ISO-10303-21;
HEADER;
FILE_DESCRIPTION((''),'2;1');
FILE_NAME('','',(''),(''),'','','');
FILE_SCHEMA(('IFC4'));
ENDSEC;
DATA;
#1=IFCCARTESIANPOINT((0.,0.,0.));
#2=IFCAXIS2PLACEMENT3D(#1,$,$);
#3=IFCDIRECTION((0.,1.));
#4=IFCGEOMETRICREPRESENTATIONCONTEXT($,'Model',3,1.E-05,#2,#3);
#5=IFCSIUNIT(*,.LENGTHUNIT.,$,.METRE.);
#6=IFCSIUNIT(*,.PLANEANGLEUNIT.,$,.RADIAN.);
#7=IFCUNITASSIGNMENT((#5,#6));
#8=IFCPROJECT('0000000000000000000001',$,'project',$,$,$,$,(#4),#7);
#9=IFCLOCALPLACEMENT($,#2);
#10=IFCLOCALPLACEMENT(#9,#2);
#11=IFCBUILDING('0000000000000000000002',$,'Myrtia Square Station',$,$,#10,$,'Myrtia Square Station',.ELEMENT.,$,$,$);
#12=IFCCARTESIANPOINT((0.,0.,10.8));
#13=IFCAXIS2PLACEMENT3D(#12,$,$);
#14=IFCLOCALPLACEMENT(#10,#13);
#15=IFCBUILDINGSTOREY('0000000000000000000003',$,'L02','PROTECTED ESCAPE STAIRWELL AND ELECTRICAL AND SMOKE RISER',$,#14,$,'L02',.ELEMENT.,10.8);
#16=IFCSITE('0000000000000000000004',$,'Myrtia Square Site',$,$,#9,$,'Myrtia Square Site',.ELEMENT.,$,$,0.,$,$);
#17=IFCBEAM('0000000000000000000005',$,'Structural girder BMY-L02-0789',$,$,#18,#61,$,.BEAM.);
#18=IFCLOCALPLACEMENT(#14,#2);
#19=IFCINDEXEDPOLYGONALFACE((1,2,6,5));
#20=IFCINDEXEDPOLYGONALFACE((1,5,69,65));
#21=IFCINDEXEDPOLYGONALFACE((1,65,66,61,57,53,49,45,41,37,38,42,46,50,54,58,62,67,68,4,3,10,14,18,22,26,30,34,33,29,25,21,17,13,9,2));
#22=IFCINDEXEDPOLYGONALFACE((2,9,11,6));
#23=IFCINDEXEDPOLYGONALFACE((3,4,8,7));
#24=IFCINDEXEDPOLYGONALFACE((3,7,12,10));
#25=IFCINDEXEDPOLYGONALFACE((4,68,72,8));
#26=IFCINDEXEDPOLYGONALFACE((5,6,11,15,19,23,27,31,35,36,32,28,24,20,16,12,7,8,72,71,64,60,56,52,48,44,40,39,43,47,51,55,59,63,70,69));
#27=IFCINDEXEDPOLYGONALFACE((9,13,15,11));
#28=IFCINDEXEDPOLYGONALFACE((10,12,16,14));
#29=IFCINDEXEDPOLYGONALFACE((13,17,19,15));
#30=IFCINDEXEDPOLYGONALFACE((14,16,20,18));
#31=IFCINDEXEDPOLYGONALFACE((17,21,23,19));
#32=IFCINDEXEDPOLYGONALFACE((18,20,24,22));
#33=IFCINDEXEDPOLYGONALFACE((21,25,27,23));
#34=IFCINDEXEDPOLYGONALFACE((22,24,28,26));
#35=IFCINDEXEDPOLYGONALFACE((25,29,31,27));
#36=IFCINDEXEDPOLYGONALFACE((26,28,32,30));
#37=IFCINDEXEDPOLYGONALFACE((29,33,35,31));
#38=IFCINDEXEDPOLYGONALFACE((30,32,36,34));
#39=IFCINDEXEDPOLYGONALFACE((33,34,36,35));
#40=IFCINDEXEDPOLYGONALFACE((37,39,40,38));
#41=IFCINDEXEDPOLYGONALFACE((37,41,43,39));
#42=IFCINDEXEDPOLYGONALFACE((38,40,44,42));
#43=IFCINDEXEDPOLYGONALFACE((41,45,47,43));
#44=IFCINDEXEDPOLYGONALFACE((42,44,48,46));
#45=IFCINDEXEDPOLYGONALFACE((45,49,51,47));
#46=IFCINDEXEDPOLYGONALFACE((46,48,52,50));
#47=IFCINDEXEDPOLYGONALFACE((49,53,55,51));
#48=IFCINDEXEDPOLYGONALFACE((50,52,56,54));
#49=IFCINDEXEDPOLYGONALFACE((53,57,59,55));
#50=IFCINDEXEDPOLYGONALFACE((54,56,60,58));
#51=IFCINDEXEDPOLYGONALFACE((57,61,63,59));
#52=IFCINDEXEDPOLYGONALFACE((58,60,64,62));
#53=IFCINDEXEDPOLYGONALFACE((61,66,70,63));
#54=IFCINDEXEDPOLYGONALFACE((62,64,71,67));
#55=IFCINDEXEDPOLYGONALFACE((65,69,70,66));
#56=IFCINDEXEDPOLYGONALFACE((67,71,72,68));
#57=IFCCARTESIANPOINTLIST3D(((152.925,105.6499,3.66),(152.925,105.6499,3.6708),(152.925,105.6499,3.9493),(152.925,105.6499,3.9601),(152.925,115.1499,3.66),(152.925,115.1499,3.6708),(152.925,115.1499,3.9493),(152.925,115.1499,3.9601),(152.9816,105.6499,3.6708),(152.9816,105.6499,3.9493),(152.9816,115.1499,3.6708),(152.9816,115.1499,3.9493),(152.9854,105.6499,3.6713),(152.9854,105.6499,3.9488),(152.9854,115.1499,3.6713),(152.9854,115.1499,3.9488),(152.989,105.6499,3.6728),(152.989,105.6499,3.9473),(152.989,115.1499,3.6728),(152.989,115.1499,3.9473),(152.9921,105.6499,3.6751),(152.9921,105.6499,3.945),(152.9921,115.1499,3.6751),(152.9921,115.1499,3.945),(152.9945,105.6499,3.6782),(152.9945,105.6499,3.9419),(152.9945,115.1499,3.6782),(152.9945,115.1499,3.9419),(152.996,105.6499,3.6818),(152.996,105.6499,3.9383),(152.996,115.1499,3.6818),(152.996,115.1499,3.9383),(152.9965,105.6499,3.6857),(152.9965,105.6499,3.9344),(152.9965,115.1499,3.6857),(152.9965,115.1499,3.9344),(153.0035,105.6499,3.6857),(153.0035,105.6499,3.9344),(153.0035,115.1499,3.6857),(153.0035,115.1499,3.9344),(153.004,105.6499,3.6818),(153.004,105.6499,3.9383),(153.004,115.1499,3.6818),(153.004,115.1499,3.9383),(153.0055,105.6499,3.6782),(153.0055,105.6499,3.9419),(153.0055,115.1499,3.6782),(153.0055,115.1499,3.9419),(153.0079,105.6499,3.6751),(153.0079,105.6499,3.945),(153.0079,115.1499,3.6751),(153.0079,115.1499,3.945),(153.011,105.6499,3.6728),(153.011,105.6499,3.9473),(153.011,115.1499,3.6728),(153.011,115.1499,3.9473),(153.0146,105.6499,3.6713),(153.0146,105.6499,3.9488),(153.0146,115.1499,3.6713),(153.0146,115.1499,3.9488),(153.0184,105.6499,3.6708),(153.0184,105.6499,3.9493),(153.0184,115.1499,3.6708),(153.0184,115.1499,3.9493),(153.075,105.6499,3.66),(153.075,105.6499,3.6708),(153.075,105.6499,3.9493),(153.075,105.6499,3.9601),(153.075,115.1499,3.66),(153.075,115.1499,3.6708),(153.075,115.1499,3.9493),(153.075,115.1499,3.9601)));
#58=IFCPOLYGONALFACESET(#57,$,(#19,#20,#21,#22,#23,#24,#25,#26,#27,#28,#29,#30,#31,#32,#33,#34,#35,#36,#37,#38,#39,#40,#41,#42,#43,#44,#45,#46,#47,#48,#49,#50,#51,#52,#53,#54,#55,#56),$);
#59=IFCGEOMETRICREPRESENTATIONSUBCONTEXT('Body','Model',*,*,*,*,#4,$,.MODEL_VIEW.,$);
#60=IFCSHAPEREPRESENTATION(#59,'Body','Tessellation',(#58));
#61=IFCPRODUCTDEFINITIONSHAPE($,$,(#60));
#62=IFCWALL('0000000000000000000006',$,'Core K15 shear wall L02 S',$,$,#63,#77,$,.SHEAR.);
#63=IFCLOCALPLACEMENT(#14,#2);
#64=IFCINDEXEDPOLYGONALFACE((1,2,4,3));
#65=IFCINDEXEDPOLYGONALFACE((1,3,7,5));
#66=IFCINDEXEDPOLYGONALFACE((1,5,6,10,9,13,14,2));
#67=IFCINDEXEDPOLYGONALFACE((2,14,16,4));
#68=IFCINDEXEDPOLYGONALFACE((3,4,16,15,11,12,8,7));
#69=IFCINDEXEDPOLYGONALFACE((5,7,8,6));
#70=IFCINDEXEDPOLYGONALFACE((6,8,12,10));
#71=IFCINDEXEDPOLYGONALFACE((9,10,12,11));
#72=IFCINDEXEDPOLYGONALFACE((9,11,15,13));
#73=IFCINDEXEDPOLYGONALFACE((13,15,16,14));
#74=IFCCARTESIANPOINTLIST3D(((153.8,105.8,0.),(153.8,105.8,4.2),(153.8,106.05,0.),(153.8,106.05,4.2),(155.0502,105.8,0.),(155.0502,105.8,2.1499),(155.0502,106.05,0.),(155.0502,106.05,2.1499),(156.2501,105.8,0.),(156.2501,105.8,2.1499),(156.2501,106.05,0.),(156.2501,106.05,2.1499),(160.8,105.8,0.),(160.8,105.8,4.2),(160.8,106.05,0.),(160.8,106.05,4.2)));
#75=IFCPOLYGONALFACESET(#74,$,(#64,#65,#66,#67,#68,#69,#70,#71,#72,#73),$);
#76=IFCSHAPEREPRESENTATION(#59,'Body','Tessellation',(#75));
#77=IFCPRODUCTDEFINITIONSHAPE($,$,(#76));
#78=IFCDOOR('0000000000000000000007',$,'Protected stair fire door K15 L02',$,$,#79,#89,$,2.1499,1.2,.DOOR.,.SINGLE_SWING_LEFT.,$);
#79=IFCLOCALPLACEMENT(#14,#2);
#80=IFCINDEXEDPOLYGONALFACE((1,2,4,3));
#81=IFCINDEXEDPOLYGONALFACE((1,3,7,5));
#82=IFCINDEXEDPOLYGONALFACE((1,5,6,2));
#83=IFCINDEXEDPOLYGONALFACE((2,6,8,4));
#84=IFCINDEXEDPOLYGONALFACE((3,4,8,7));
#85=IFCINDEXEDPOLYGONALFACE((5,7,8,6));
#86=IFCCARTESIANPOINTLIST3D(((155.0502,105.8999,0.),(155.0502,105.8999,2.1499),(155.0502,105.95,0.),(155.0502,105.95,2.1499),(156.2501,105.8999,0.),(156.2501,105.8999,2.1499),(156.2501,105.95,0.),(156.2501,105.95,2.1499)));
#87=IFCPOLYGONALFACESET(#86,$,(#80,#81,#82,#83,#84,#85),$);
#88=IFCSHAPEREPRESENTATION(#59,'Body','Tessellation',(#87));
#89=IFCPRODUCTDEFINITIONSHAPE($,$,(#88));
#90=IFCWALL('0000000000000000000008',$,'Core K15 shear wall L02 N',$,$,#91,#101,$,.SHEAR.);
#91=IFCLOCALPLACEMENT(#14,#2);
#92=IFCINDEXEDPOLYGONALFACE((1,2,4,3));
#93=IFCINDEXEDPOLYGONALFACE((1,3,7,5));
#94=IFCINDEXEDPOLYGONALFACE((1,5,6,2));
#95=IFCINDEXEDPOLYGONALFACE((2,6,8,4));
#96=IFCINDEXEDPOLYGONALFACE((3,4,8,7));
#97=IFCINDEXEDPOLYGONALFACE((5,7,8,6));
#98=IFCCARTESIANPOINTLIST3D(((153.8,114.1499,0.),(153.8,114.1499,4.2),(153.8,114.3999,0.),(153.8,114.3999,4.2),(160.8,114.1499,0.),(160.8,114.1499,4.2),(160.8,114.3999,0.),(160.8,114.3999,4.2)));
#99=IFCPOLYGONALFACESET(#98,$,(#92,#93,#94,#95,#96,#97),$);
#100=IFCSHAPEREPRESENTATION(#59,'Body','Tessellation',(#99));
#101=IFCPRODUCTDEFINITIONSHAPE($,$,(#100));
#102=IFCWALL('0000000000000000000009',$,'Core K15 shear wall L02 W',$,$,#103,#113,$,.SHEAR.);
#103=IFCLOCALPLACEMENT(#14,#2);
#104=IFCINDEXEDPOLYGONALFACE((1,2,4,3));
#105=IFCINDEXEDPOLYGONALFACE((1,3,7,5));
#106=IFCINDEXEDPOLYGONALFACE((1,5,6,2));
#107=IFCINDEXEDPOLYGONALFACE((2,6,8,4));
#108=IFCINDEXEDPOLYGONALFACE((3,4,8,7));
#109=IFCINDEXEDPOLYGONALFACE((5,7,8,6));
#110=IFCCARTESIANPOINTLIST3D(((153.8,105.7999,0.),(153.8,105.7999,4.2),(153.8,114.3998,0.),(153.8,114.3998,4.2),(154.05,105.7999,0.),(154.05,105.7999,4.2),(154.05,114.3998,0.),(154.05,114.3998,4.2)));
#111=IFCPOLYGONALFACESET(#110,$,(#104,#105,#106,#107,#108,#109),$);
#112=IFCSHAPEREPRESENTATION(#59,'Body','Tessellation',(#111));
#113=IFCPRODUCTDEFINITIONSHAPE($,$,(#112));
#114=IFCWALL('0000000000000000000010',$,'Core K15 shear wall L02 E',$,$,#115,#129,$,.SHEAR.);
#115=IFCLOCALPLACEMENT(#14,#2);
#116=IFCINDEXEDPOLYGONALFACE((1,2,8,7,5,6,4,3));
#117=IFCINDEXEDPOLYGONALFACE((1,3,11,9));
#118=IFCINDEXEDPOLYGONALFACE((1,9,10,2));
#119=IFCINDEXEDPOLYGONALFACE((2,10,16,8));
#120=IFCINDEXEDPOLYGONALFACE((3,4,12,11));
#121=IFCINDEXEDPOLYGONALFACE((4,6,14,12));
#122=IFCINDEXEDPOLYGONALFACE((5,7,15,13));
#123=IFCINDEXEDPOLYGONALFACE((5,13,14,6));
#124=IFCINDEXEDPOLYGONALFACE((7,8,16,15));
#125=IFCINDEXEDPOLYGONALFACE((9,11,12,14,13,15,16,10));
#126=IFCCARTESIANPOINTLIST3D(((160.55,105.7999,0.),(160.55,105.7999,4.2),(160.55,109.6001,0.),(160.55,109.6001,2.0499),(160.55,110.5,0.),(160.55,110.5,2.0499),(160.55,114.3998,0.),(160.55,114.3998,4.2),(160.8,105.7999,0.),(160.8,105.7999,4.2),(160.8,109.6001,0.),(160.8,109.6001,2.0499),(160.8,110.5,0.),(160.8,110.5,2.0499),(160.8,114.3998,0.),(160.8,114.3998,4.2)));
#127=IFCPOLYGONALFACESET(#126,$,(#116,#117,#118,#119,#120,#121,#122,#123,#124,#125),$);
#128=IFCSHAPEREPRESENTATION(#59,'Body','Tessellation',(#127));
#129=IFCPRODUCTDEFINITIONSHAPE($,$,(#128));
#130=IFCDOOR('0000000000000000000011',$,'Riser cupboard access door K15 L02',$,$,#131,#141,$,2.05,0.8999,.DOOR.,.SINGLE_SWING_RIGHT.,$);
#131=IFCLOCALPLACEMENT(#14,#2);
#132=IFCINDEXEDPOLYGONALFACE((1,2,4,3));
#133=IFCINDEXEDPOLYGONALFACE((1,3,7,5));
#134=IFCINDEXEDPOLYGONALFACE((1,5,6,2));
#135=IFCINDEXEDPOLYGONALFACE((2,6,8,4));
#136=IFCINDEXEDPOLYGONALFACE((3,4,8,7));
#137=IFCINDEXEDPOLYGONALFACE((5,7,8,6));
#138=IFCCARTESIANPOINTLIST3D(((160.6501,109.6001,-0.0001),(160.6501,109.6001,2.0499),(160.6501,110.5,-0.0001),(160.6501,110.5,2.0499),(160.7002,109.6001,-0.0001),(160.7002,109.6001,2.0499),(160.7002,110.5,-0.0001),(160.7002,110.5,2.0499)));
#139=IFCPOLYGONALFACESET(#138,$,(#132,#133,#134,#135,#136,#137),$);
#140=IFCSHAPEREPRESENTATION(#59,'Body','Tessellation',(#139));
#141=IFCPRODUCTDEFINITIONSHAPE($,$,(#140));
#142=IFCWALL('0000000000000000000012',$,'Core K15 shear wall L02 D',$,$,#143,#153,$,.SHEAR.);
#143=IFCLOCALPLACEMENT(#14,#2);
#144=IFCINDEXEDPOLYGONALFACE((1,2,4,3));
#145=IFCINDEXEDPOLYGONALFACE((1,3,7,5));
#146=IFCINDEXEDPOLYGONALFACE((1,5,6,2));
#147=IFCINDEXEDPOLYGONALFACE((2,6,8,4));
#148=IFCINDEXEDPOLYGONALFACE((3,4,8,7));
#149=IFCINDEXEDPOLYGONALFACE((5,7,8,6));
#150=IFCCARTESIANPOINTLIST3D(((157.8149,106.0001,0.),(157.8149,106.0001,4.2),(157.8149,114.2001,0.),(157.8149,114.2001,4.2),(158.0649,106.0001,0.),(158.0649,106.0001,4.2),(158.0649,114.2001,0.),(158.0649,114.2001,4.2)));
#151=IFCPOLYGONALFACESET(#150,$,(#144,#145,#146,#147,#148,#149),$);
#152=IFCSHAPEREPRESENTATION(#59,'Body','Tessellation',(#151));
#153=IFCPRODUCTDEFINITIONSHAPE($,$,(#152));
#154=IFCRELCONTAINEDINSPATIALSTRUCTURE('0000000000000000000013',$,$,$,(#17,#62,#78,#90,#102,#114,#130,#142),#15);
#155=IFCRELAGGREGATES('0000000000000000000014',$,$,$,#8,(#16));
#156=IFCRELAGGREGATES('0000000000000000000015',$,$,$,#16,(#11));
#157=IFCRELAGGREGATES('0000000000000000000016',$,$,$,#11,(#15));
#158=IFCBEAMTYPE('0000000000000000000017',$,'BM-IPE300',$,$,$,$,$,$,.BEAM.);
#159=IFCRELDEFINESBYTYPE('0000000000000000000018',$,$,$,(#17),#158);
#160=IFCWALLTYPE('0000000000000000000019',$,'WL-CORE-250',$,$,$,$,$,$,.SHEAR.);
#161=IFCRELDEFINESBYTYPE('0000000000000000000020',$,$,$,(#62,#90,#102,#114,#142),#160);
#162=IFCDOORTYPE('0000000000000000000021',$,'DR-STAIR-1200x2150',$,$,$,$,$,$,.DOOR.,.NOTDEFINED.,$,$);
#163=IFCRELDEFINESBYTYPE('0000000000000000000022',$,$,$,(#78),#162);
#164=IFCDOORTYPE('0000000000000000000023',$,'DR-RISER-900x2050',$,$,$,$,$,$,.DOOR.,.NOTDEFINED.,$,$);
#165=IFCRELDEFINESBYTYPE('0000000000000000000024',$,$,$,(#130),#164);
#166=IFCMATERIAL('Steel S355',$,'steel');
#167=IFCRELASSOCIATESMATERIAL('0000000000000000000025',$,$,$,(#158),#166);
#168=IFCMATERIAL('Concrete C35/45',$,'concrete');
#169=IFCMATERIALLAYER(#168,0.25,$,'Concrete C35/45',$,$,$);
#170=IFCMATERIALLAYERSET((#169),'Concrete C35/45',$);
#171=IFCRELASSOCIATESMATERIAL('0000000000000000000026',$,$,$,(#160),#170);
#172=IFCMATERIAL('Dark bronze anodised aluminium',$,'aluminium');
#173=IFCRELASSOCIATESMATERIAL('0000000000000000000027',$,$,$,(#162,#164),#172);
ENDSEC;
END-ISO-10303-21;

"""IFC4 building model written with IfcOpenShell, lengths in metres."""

from ifc_helpers import new_model, si_unit, direction, frame, frame_2d, origin, origin_2d, place, context, subcontext, project, spatial, rectangle, i_section, extrude, material, layer, layer_set, material_profile, profile_set, type_object, element, fill, save


model = new_model("IFC4")

# Units and contexts
model_context = context("Model", 3, precision=1e-05, world=origin(), true_north=direction((0.0, 1.0)))
body_context = subcontext(model_context, "Body", "Model", "MODEL_VIEW")
ifc_project = project(units=[si_unit("LENGTHUNIT", "METRE"), si_unit("PLANEANGLEUNIT", "RADIAN")], contexts=[model_context])

# Site, building, storey
site_placement = place(None, origin())
site = spatial("IfcSite", under=ifc_project, at=site_placement, Name="Myrtia Square Site", LongName="Myrtia Square Site", CompositionType="ELEMENT", RefElevation=0.0)
building_placement = place(site_placement, origin())
building = spatial("IfcBuilding", under=site, at=building_placement, Name="Myrtia Square Station", LongName="Myrtia Square Station", CompositionType="ELEMENT")
storey_placement = place(building_placement, frame((0.0, 0.0, 10.8)))
storey = spatial("IfcBuildingStorey", under=building, at=storey_placement, Name="L02", Description="PROTECTED ESCAPE STAIRWELL AND ELECTRICAL AND SMOKE RISER", LongName="L02", CompositionType="ELEMENT", Elevation=10.8)

# Shared definitions
ifc_material_1 = material(Name="Steel S355", Category="steel")

# Beam
ifc_material_profile_1 = material_profile(ifc_material_1, i_section(OverallWidth=0.1499, OverallDepth=0.3, WebThickness=0.0071, FlangeThickness=0.0107, FilletRadius=0.0149, at=origin_2d()), Name="IPE 300")
ifc_profile_set_1 = profile_set([ifc_material_profile_1], Name="Steel S355")
beam_type_1 = type_object("IfcBeamType", Name="BM-IPE300", PredefinedType="BEAM", material=ifc_profile_set_1)
beam_1_placement = place(storey_placement, frame((153.0, 105.6499, 3.8101), z_axis=(0.0, 1.0, 0.0), x_axis=(-1.0, 0.0, 0.0)))
element("IfcBeam", 1, at=beam_1_placement, inside=storey, type_object=beam_type_1, Name="Structural girder BMY-L02-0789", PredefinedType="BEAM", context=body_context, shape_type="SweptSolid", body=[
    extrude(i_section(OverallWidth=0.1499, OverallDepth=0.3, WebThickness=0.0071, FlangeThickness=0.0107, FilletRadius=0.0149, at=origin_2d()), origin(), (0.0, 0.0, 1.0), 9.5),
])

# Wall, opening, door
ifc_material_2 = material(Name="Concrete C35/45", Category="concrete")
ifc_layer_1 = layer(ifc_material_2, 0.25, Name="Concrete C35/45")
ifc_layer_set_1 = layer_set([ifc_layer_1], Name="Concrete C35/45")
wall_type_1 = type_object("IfcWallType", Name="WL-CORE-250", PredefinedType="SHEAR", material=ifc_layer_set_1)
wall_1_placement = place(storey_placement, frame((153.8, 105.925, 0.0), z_axis=(0.0, 0.0, 1.0), x_axis=(1.0, 0.0, 0.0)))
wall_1 = element("IfcWall", 2, at=wall_1_placement, inside=storey, type_object=wall_type_1, Name="Core K15 shear wall L02 S", PredefinedType="SHEAR", context=body_context, shape_type="SweptSolid", body=[
    extrude(rectangle(XDim=7.0, YDim=0.25, at=frame_2d((3.5, 0.0))), origin(), (0.0, 0.0, 1.0), 4.2),
])
opening_1_placement = place(wall_1_placement, frame((1.25, 0.0, 0.0)))
opening_1 = element("IfcOpeningElement", 3, at=opening_1_placement, cuts=wall_1, PredefinedType="OPENING", context=body_context, shape_type="SweptSolid", body=[
    extrude(rectangle(XDim=1.2, YDim=2.1499, at=frame_2d((0.6001, 1.075))), frame((0.0, 0.1399, 0.0), z_axis=(0.0, -1.0, 0.0), x_axis=(1.0, 0.0, 0.0)), (0.0, 0.0, 1.0), 0.28),
])
ifc_material_3 = material(Name="Dark bronze anodised aluminium", Category="aluminium")
door_type_1 = type_object("IfcDoorType", Name="DR-STAIR-1200x2150", OperationType="NOTDEFINED", PredefinedType="DOOR", material=ifc_material_3)
door_1_placement = place(opening_1_placement, origin())
door_1 = element("IfcDoor", 4, at=door_1_placement, inside=storey, type_object=door_type_1, Name="Protected stair fire door K15 L02", OperationType="SINGLE_SWING_LEFT", OverallHeight=2.1499, OverallWidth=1.2, PredefinedType="DOOR", context=body_context, shape_type="SweptSolid", body=[
    extrude(rectangle(XDim=1.2, YDim=2.1499, at=frame_2d((0.6001, 1.075))), frame((0.0, 0.0249, 0.0), z_axis=(0.0, -1.0, 0.0), x_axis=(1.0, 0.0, 0.0)), (0.0, 0.0, 1.0), 0.05),
])
fill(opening_1, door_1)

# Walls
wall_2_placement = place(storey_placement, frame((153.8, 114.2749, 0.0), z_axis=(0.0, 0.0, 1.0), x_axis=(1.0, 0.0, 0.0)))
element("IfcWall", 5, at=wall_2_placement, inside=storey, type_object=wall_type_1, Name="Core K15 shear wall L02 N", PredefinedType="SHEAR", context=body_context, shape_type="SweptSolid", body=[
    extrude(rectangle(XDim=7.0, YDim=0.25, at=frame_2d((3.5, 0.0))), origin(), (0.0, 0.0, 1.0), 4.2),
])
wall_3_placement = place(storey_placement, frame((153.925, 105.8, 0.0), z_axis=(0.0, 0.0, 1.0), x_axis=(0.0, 1.0, 0.0)))
element("IfcWall", 6, at=wall_3_placement, inside=storey, type_object=wall_type_1, Name="Core K15 shear wall L02 W", PredefinedType="SHEAR", context=body_context, shape_type="SweptSolid", body=[
    extrude(rectangle(XDim=8.5999, YDim=0.25, at=frame_2d((4.2998, 0.0))), origin(), (0.0, 0.0, 1.0), 4.2),
])

# Wall, opening, door
wall_4_placement = place(storey_placement, frame((160.675, 105.8, 0.0), z_axis=(0.0, 0.0, 1.0), x_axis=(0.0, 1.0, 0.0)))
wall_4 = element("IfcWall", 7, at=wall_4_placement, inside=storey, type_object=wall_type_1, Name="Core K15 shear wall L02 E", PredefinedType="SHEAR", context=body_context, shape_type="SweptSolid", body=[
    extrude(rectangle(XDim=8.5999, YDim=0.25, at=frame_2d((4.2998, 0.0))), origin(), (0.0, 0.0, 1.0), 4.2),
])
opening_2_placement = place(wall_4_placement, frame((3.8, 0.0, 0.0)))
opening_2 = element("IfcOpeningElement", 8, at=opening_2_placement, cuts=wall_4, PredefinedType="OPENING", context=body_context, shape_type="SweptSolid", body=[
    extrude(rectangle(XDim=0.8999, YDim=2.05, at=frame_2d((0.45, 1.0249))), frame((0.0, 0.1399, 0.0), z_axis=(0.0, -1.0, 0.0), x_axis=(1.0, 0.0, 0.0)), (0.0, 0.0, 1.0), 0.28),
])
door_type_2 = type_object("IfcDoorType", Name="DR-RISER-900x2050", OperationType="NOTDEFINED", PredefinedType="DOOR", material=ifc_material_3)
door_2_placement = place(opening_2_placement, origin())
door_2 = element("IfcDoor", 9, at=door_2_placement, inside=storey, type_object=door_type_2, Name="Riser cupboard access door K15 L02", OperationType="SINGLE_SWING_RIGHT", OverallHeight=2.05, OverallWidth=0.8999, PredefinedType="DOOR", context=body_context, shape_type="SweptSolid", body=[
    extrude(rectangle(XDim=0.8999, YDim=2.05, at=frame_2d((0.45, 1.0249))), frame((0.0, 0.0249, 0.0), z_axis=(0.0, -1.0, 0.0), x_axis=(1.0, 0.0, 0.0)), (0.0, 0.0, 1.0), 0.05),
])
fill(opening_2, door_2)

# Wall
wall_5_placement = place(storey_placement, frame((157.9399, 106.0, 0.0), z_axis=(0.0, 0.0, 1.0), x_axis=(0.0, 1.0, 0.0)))
element("IfcWall", 10, at=wall_5_placement, inside=storey, type_object=wall_type_1, Name="Core K15 shear wall L02 D", PredefinedType="SHEAR", context=body_context, shape_type="SweptSolid", body=[
    extrude(rectangle(XDim=8.2, YDim=0.25, at=frame_2d((4.1001, 0.0))), origin(), (0.0, 0.0, 1.0), 4.2),
])

save(model, "model.ifc")
